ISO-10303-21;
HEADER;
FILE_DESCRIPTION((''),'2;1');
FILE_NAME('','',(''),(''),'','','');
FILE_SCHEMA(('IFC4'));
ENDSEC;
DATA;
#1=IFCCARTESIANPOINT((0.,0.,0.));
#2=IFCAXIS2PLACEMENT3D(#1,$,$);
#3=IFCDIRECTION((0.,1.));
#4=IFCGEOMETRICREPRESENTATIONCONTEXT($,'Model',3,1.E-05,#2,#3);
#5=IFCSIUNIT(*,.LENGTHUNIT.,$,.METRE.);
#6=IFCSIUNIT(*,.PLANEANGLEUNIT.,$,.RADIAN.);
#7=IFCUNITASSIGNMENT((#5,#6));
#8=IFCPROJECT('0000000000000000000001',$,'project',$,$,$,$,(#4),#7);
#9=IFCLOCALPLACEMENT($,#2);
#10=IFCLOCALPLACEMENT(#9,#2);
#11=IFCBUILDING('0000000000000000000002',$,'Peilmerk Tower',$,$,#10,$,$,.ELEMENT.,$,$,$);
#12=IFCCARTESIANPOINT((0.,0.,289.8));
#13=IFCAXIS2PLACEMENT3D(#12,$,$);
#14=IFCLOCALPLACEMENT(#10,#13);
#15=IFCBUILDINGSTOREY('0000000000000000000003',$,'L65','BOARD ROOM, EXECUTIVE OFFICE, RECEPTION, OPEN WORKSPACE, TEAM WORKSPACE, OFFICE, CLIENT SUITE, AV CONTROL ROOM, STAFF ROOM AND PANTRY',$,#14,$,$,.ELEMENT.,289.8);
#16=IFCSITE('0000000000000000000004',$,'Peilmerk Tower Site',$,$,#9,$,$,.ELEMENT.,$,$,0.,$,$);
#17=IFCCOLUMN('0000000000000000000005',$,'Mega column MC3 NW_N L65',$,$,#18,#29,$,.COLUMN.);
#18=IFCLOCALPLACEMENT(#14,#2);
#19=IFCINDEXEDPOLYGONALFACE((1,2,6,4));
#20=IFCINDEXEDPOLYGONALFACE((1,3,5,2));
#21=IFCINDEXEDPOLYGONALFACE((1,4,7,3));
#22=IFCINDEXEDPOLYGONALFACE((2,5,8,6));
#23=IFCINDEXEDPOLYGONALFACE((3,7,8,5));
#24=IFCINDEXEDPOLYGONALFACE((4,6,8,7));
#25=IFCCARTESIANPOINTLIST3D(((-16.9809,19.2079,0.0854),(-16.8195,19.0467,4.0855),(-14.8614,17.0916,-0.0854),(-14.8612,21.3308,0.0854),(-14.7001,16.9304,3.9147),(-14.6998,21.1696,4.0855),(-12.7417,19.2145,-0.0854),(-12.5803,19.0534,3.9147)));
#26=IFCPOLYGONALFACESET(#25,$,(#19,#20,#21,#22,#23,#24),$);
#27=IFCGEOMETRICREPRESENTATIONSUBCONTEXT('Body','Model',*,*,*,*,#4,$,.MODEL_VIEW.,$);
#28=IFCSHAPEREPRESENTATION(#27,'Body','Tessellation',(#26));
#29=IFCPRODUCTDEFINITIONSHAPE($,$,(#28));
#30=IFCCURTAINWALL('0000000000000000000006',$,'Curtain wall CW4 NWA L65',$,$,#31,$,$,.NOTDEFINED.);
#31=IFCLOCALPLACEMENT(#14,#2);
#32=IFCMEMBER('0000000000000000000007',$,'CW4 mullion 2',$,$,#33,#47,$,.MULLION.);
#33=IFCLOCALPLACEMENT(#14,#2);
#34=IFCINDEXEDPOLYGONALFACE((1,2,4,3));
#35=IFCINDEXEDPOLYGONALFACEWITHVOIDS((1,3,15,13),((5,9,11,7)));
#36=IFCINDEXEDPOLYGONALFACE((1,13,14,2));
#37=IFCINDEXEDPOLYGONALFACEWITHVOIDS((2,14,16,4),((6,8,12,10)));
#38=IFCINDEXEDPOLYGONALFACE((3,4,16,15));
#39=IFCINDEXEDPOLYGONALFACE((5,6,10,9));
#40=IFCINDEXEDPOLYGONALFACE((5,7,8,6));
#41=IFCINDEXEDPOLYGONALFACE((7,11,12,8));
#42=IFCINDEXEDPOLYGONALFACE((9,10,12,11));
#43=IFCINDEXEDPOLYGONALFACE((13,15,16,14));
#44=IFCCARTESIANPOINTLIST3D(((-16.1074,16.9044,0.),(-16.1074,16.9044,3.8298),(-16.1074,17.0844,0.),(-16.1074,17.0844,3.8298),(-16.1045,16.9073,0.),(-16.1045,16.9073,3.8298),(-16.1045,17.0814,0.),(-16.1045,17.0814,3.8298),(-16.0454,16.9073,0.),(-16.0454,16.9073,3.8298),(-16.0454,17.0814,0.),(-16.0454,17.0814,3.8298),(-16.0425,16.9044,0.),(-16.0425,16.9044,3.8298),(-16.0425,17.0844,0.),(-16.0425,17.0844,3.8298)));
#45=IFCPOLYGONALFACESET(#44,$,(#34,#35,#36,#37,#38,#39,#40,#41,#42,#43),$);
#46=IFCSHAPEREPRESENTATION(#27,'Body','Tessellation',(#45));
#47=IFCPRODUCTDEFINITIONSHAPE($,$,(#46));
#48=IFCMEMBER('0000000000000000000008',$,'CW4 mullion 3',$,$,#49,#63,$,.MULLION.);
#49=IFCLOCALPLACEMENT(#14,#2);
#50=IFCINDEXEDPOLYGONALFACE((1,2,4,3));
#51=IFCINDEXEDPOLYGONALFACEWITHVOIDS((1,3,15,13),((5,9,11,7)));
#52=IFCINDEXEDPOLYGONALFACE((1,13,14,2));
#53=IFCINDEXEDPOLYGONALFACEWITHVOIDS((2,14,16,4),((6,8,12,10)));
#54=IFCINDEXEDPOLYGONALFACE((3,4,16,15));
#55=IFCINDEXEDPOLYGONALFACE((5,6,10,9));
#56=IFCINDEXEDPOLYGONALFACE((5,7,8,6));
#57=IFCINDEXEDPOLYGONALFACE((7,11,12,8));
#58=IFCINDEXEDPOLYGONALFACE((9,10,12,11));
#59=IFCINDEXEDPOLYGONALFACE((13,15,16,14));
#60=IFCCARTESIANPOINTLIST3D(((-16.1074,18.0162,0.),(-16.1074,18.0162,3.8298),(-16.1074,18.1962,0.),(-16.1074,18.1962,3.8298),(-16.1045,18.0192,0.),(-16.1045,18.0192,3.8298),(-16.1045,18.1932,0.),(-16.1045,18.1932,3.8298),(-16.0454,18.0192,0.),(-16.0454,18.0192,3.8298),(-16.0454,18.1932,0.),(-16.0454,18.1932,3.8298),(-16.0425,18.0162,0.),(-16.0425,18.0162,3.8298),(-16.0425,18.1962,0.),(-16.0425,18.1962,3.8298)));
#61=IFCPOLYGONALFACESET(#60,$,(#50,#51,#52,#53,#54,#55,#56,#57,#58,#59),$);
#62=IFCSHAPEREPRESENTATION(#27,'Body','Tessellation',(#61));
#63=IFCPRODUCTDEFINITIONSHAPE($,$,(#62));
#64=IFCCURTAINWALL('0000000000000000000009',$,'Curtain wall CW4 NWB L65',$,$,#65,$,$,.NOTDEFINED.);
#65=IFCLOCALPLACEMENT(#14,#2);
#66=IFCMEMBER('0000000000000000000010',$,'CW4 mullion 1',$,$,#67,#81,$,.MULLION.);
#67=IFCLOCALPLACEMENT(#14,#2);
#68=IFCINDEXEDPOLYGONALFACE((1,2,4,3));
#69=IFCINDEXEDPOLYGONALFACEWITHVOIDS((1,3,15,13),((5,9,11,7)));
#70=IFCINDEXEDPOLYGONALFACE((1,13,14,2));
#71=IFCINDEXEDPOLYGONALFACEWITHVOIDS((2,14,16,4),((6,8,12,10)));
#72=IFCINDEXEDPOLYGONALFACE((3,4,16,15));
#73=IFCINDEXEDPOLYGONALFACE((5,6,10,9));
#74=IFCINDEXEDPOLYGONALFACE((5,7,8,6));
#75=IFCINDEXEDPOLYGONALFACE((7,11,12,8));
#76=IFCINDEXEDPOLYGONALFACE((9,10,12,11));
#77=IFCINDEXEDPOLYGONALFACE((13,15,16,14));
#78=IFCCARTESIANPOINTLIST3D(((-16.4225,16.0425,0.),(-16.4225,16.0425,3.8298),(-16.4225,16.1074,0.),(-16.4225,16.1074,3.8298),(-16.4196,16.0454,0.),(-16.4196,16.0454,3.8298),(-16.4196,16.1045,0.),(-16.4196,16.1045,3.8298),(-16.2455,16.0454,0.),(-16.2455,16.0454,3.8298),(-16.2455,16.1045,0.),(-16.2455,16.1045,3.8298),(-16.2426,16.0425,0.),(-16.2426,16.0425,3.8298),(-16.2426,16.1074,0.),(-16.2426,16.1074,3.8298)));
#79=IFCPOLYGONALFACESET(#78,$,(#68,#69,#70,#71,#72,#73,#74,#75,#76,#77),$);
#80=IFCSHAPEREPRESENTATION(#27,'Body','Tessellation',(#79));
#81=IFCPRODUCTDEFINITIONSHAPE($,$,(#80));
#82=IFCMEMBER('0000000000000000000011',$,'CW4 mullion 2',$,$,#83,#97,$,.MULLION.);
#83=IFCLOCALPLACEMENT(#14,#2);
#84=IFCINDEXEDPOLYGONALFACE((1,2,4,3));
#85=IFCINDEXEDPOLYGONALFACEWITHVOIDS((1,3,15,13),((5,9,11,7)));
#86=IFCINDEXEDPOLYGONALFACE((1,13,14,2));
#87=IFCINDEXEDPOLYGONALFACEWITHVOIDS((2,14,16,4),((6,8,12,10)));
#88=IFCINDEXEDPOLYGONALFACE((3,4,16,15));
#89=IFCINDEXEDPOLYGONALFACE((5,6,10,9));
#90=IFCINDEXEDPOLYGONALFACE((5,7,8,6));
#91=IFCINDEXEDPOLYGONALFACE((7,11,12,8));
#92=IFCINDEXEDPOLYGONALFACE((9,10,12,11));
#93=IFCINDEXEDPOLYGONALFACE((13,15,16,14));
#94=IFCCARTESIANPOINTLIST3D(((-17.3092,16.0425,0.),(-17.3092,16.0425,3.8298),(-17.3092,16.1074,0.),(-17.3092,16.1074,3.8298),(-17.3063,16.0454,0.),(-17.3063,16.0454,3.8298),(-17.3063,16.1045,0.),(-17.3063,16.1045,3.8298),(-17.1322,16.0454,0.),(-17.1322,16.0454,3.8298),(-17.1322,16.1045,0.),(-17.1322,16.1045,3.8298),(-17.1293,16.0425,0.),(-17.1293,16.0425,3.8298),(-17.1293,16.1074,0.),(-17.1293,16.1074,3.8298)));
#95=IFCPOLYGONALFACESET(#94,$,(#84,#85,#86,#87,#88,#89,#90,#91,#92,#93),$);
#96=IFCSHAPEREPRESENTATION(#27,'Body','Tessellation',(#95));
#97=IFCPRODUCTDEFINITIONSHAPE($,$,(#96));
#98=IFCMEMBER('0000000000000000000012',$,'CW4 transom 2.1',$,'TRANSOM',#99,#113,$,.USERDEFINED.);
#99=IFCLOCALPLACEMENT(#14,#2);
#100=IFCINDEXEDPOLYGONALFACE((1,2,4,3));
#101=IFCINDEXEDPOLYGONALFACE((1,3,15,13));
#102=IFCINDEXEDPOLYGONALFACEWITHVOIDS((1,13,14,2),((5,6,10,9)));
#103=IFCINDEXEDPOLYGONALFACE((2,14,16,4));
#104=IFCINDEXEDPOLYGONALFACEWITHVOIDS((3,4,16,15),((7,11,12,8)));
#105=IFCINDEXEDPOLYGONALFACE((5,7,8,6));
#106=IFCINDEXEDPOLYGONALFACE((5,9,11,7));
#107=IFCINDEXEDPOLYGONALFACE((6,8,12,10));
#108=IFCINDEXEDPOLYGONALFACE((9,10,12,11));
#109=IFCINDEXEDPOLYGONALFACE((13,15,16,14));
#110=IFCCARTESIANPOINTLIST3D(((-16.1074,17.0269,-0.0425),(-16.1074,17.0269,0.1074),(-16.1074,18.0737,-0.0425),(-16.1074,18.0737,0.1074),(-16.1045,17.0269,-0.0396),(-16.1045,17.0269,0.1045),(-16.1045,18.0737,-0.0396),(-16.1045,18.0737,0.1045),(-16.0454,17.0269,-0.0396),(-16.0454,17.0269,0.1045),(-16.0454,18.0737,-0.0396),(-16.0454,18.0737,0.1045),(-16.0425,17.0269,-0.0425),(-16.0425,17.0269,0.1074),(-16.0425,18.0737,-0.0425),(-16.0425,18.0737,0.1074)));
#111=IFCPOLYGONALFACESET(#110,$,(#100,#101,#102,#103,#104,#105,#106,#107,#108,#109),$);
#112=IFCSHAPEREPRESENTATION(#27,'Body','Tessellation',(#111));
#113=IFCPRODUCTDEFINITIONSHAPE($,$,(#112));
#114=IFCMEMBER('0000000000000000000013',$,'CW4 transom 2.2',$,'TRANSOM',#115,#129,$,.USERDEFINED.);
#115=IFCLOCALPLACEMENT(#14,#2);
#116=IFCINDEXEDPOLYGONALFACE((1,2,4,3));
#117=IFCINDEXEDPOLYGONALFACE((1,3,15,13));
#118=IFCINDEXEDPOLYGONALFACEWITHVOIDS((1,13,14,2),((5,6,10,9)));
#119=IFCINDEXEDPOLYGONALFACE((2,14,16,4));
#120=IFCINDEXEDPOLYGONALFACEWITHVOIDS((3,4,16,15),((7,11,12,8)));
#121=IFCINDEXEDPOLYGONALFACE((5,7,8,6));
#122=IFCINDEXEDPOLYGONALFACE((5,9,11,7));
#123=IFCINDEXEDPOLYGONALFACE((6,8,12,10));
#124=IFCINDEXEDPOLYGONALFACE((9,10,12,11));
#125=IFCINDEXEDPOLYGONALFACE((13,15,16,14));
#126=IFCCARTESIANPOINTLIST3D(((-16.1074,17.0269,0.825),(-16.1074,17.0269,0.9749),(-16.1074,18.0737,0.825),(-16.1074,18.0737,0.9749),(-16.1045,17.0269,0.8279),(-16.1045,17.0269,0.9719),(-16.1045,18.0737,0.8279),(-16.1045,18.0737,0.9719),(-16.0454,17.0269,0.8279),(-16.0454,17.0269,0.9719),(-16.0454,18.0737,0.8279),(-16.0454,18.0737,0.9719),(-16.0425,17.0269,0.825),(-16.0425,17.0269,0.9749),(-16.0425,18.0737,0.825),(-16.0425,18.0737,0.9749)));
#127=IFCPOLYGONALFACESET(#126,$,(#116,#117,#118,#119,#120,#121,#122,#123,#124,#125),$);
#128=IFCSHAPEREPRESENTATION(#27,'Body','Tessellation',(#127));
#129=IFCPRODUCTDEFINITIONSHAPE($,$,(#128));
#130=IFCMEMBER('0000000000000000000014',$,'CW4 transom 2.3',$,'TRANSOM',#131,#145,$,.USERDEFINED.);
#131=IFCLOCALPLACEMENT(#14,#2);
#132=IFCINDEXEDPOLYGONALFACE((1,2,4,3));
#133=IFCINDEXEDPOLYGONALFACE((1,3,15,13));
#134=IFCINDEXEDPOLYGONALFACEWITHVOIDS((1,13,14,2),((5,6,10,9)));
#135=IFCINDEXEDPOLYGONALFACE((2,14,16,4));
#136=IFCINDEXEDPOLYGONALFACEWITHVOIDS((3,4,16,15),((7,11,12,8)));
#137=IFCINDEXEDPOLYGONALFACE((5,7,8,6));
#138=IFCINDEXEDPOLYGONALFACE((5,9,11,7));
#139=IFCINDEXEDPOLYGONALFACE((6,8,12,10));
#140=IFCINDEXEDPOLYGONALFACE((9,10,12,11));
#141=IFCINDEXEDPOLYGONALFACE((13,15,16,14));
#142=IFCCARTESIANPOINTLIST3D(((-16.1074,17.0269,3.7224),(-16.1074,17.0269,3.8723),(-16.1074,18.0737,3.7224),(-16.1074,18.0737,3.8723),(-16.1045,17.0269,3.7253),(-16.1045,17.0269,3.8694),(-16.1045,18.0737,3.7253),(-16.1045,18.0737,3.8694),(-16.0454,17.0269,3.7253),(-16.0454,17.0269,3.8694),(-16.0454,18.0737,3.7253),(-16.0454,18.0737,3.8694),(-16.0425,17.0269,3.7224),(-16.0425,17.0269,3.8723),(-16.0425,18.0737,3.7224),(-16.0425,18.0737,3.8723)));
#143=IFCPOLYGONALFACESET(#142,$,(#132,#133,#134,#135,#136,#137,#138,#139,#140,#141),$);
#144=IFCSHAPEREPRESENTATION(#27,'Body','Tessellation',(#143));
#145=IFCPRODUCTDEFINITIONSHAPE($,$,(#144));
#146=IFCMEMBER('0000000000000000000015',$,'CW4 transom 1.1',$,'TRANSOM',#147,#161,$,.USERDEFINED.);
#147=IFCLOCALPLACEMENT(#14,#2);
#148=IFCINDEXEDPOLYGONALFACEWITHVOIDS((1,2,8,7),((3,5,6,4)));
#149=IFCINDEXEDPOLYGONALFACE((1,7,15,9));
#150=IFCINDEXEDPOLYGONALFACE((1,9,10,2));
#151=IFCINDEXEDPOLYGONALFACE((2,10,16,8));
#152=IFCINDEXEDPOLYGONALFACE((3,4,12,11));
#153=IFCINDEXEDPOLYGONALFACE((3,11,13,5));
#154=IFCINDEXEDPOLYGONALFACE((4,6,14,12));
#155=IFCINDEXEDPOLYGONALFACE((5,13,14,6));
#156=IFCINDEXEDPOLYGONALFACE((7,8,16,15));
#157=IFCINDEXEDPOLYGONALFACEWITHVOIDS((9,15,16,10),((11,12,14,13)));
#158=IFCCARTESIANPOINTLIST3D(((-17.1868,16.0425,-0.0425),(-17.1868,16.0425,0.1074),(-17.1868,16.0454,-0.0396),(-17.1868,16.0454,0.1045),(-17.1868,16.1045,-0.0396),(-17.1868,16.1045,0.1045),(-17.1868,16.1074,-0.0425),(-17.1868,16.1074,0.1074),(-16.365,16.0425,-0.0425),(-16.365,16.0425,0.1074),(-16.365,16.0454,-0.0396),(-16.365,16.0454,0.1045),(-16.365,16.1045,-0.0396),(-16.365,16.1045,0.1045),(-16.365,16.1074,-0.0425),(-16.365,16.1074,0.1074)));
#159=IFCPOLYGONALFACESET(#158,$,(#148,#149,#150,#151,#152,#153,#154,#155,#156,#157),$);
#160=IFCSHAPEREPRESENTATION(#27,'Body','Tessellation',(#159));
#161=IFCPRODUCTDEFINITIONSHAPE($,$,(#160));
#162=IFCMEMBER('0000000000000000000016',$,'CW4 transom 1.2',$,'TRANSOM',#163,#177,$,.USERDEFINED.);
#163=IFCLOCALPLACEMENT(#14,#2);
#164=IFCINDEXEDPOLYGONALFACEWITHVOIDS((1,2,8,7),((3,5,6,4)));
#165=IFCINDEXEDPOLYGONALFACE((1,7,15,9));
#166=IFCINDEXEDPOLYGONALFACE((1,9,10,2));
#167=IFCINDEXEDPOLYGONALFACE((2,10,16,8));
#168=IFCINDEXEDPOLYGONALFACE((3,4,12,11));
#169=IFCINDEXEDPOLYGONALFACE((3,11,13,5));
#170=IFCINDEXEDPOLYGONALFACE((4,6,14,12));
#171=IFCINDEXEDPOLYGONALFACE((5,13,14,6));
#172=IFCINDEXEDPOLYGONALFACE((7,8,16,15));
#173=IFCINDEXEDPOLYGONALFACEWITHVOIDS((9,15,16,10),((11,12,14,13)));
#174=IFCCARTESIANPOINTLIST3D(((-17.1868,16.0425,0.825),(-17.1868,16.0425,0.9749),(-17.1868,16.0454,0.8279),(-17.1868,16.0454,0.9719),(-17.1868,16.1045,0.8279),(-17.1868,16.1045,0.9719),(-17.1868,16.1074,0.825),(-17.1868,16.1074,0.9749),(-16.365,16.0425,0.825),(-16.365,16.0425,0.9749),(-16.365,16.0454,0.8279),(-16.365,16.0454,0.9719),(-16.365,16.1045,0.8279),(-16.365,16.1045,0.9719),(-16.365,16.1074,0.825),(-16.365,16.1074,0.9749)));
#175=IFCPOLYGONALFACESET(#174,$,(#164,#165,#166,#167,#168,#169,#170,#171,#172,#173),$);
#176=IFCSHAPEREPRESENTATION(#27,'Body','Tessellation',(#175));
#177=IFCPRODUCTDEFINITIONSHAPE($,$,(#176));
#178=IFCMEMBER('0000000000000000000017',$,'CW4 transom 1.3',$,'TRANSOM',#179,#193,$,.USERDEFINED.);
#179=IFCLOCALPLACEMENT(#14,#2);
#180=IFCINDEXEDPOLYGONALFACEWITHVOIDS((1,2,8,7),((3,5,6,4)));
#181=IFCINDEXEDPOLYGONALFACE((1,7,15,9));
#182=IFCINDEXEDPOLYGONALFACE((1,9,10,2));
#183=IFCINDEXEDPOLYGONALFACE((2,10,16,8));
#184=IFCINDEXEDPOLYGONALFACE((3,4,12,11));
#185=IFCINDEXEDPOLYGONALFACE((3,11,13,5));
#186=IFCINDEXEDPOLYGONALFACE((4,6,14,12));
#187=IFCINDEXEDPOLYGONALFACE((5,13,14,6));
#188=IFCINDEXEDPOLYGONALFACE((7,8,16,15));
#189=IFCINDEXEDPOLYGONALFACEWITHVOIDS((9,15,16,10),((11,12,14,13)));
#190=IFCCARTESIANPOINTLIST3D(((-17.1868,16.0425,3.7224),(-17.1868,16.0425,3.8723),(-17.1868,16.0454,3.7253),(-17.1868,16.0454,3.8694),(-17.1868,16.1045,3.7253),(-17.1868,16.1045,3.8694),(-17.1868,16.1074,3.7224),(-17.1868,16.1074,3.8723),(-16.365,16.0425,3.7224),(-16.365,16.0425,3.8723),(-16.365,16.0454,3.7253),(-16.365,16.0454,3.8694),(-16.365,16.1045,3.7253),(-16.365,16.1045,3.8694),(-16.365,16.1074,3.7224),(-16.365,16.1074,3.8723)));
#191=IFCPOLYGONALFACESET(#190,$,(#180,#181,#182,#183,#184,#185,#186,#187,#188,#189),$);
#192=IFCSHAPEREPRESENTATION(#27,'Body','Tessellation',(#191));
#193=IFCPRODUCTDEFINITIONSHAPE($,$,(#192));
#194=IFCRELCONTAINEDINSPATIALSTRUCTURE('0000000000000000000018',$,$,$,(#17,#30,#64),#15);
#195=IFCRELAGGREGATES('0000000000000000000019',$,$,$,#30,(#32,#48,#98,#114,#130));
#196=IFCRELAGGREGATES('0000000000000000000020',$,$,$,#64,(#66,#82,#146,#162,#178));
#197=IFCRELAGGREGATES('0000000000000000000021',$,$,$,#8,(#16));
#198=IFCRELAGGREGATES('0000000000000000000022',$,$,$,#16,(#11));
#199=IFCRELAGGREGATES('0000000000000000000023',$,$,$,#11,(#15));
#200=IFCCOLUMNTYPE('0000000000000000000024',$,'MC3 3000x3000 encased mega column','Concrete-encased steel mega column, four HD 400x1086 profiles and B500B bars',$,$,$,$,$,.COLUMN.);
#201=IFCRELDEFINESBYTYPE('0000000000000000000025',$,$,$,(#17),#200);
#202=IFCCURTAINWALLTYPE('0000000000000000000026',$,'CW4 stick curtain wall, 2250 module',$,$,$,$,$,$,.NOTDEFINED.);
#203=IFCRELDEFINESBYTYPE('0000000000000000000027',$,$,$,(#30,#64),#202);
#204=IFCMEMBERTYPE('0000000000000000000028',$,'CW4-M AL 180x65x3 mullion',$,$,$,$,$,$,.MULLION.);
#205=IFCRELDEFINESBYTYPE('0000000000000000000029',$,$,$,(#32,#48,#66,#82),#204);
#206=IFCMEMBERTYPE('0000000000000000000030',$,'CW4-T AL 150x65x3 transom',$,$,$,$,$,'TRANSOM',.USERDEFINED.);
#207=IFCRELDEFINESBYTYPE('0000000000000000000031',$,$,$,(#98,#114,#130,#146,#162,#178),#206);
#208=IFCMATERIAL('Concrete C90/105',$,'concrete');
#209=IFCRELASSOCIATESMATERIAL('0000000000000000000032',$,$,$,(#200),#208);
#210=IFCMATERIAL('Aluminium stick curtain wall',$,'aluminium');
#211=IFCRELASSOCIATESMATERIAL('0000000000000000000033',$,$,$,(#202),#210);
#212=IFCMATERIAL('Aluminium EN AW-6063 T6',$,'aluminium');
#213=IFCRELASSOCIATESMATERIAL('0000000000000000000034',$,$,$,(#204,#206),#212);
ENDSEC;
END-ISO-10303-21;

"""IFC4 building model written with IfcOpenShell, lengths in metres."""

from ifc_helpers import new_model, si_unit, direction, frame, origin, origin_2d, place, context, subcontext, project, spatial, rectangle, hollow_rectangle, extrude, material, material_profile, profile_set, type_object, element, aggregate, save


model = new_model("IFC4")

# Units and contexts
model_context = context("Model", 3, precision=1e-05, world=origin(), true_north=direction((0.0, 1.0)))
body_context = subcontext(model_context, "Body", "Model", "MODEL_VIEW")
ifc_project = project(units=[si_unit("LENGTHUNIT", "METRE"), si_unit("PLANEANGLEUNIT", "RADIAN")], contexts=[model_context])

# Site, building, storey
site_placement = place(None, origin())
site = spatial("IfcSite", under=ifc_project, at=site_placement, Name="Peilmerk Tower Site", CompositionType="ELEMENT", RefElevation=0.0)
building_placement = place(site_placement, origin())
building = spatial("IfcBuilding", under=site, at=building_placement, Name="Peilmerk Tower", CompositionType="ELEMENT")
storey_placement = place(building_placement, frame((0.0, 0.0, 289.8)))
storey = spatial("IfcBuildingStorey", under=building, at=storey_placement, Name="L65", Description="BOARD ROOM, EXECUTIVE OFFICE, RECEPTION, OPEN WORKSPACE, TEAM WORKSPACE, OFFICE, CLIENT SUITE, AV CONTROL ROOM, STAFF ROOM AND PANTRY", CompositionType="ELEMENT", Elevation=289.8)

# Column
ifc_material_1 = material(Name="Concrete C90/105", Category="concrete")
ifc_material_profile_1 = material_profile(ifc_material_1, rectangle(XDim=3.0, YDim=3.0, at=origin_2d()), Name="RC 3000x3000")
ifc_profile_set_1 = profile_set([ifc_material_profile_1], Name="Concrete C90/105")
column_type = type_object("IfcColumnType", Name="MC3 3000x3000 encased mega column", Description="Concrete-encased steel mega column, four HD 400x1086 profiles and B500B bars", PredefinedType="COLUMN", material=ifc_profile_set_1)
column_placement = place(storey_placement, frame((-14.8613, 19.2112, 0.0), z_axis=(0.040279, -0.040218, 0.998379), x_axis=(0.706571, 0.707642, 0.0)))
element("IfcColumn", 1, at=column_placement, inside=storey, type_object=column_type, Name="Mega column MC3 NW_N L65", PredefinedType="COLUMN", context=body_context, shape_type="SweptSolid", body=[
    extrude(rectangle(XDim=3.0, YDim=3.0, at=origin_2d()), origin(), (0.0, 0.0, 1.0), 4.0066),
])

# Curtain walls, members
ifc_material_2 = material(Name="Aluminium stick curtain wall", Category="aluminium")
curtain_wall_type = type_object("IfcCurtainWallType", Name="CW4 stick curtain wall, 2250 module", PredefinedType="NOTDEFINED", material=ifc_material_2)
curtain_wall_1_placement = place(storey_placement, origin())
curtain_wall_1 = element("IfcCurtainWall", 2, at=curtain_wall_1_placement, inside=storey, type_object=curtain_wall_type, Name="Curtain wall CW4 NWA L65", PredefinedType="NOTDEFINED")
ifc_material_3 = material(Name="Aluminium EN AW-6063 T6", Category="aluminium")
ifc_material_profile_2 = material_profile(ifc_material_3, hollow_rectangle(XDim=0.0649, YDim=0.1799, WallThickness=0.0029, at=origin_2d()), Name="AL 180x65x3")
ifc_profile_set_2 = profile_set([ifc_material_profile_2], Name="Aluminium EN AW-6063 T6")
member_type_1 = type_object("IfcMemberType", Name="CW4-M AL 180x65x3 mullion", PredefinedType="MULLION", material=ifc_profile_set_2)
member_1_placement = place(storey_placement, frame((-16.075, 16.9944, 0.0), z_axis=(0.0, 0.0, 1.0), x_axis=(-1.0, 0.0, 0.0)))
member_1 = element("IfcMember", 3, at=member_1_placement, type_object=member_type_1, Name="CW4 mullion 2", PredefinedType="MULLION", context=body_context, shape_type="SweptSolid", body=[
    extrude(hollow_rectangle(XDim=0.0649, YDim=0.1799, WallThickness=0.0029, at=origin_2d()), origin(), (0.0, 0.0, 1.0), 3.8298),
])
member_2_placement = place(storey_placement, frame((-16.075, 18.1062, 0.0), z_axis=(0.0, 0.0, 1.0), x_axis=(-1.0, 0.0, 0.0)))
member_2 = element("IfcMember", 4, at=member_2_placement, type_object=member_type_1, Name="CW4 mullion 3", PredefinedType="MULLION", context=body_context, shape_type="SweptSolid", body=[
    extrude(hollow_rectangle(XDim=0.0649, YDim=0.1799, WallThickness=0.0029, at=origin_2d()), origin(), (0.0, 0.0, 1.0), 3.8298),
])
curtain_wall_2_placement = place(storey_placement, origin())
curtain_wall_2 = element("IfcCurtainWall", 5, at=curtain_wall_2_placement, inside=storey, type_object=curtain_wall_type, Name="Curtain wall CW4 NWB L65", PredefinedType="NOTDEFINED")
member_3_placement = place(storey_placement, frame((-16.3325, 16.075, 0.0), z_axis=(0.0, 0.0, 1.0), x_axis=(0.0, -1.0, 0.0)))
member_3 = element("IfcMember", 6, at=member_3_placement, type_object=member_type_1, Name="CW4 mullion 1", PredefinedType="MULLION", context=body_context, shape_type="SweptSolid", body=[
    extrude(hollow_rectangle(XDim=0.0649, YDim=0.1799, WallThickness=0.0029, at=origin_2d()), origin(), (0.0, 0.0, 1.0), 3.8298),
])
member_4_placement = place(storey_placement, frame((-17.2192, 16.075, 0.0), z_axis=(0.0, 0.0, 1.0), x_axis=(0.0, -1.0, 0.0)))
member_4 = element("IfcMember", 7, at=member_4_placement, type_object=member_type_1, Name="CW4 mullion 2", PredefinedType="MULLION", context=body_context, shape_type="SweptSolid", body=[
    extrude(hollow_rectangle(XDim=0.0649, YDim=0.1799, WallThickness=0.0029, at=origin_2d()), origin(), (0.0, 0.0, 1.0), 3.8298),
])

# Members
ifc_material_profile_3 = material_profile(ifc_material_3, hollow_rectangle(XDim=0.0649, YDim=0.1499, WallThickness=0.0029, at=origin_2d()), Name="AL 150x65x3")
ifc_profile_set_3 = profile_set([ifc_material_profile_3], Name="Aluminium EN AW-6063 T6")
member_type_2 = type_object("IfcMemberType", Name="CW4-T AL 150x65x3 transom", ElementType="TRANSOM", PredefinedType="USERDEFINED", material=ifc_profile_set_3)
member_5_placement = place(storey_placement, frame((-16.075, 17.0269, 0.0325), z_axis=(0.0, 1.0, 0.0), x_axis=(-1.0, 0.0, 0.0)))
member_5 = element("IfcMember", 8, at=member_5_placement, type_object=member_type_2, Name="CW4 transom 2.1", ObjectType="TRANSOM", PredefinedType="USERDEFINED", context=body_context, shape_type="SweptSolid", body=[
    extrude(hollow_rectangle(XDim=0.0649, YDim=0.1499, WallThickness=0.0029, at=origin_2d()), origin(), (0.0, 0.0, 1.0), 1.0469),
])
member_6_placement = place(storey_placement, frame((-16.075, 17.0269, 0.8999), z_axis=(0.0, 1.0, 0.0), x_axis=(-1.0, 0.0, 0.0)))
member_6 = element("IfcMember", 9, at=member_6_placement, type_object=member_type_2, Name="CW4 transom 2.2", ObjectType="TRANSOM", PredefinedType="USERDEFINED", context=body_context, shape_type="SweptSolid", body=[
    extrude(hollow_rectangle(XDim=0.0649, YDim=0.1499, WallThickness=0.0029, at=origin_2d()), origin(), (0.0, 0.0, 1.0), 1.0469),
])
member_7_placement = place(storey_placement, frame((-16.075, 17.0269, 3.7974), z_axis=(0.0, 1.0, 0.0), x_axis=(-1.0, 0.0, 0.0)))
member_7 = element("IfcMember", 10, at=member_7_placement, type_object=member_type_2, Name="CW4 transom 2.3", ObjectType="TRANSOM", PredefinedType="USERDEFINED", context=body_context, shape_type="SweptSolid", body=[
    extrude(hollow_rectangle(XDim=0.0649, YDim=0.1499, WallThickness=0.0029, at=origin_2d()), origin(), (0.0, 0.0, 1.0), 1.0469),
])
member_8_placement = place(storey_placement, frame((-16.365, 16.075, 0.0325), z_axis=(-1.0, 0.0, 0.0), x_axis=(0.0, -1.0, 0.0)))
member_8 = element("IfcMember", 11, at=member_8_placement, type_object=member_type_2, Name="CW4 transom 1.1", ObjectType="TRANSOM", PredefinedType="USERDEFINED", context=body_context, shape_type="SweptSolid", body=[
    extrude(hollow_rectangle(XDim=0.0649, YDim=0.1499, WallThickness=0.0029, at=origin_2d()), origin(), (0.0, 0.0, 1.0), 0.8218),
])
member_9_placement = place(storey_placement, frame((-16.365, 16.075, 0.8999), z_axis=(-1.0, 0.0, 0.0), x_axis=(0.0, -1.0, 0.0)))
member_9 = element("IfcMember", 12, at=member_9_placement, type_object=member_type_2, Name="CW4 transom 1.2", ObjectType="TRANSOM", PredefinedType="USERDEFINED", context=body_context, shape_type="SweptSolid", body=[
    extrude(hollow_rectangle(XDim=0.0649, YDim=0.1499, WallThickness=0.0029, at=origin_2d()), origin(), (0.0, 0.0, 1.0), 0.8218),
])
member_10_placement = place(storey_placement, frame((-16.365, 16.075, 3.7974), z_axis=(-1.0, 0.0, 0.0), x_axis=(0.0, -1.0, 0.0)))
member_10 = element("IfcMember", 13, at=member_10_placement, type_object=member_type_2, Name="CW4 transom 1.3", ObjectType="TRANSOM", PredefinedType="USERDEFINED", context=body_context, shape_type="SweptSolid", body=[
    extrude(hollow_rectangle(XDim=0.0649, YDim=0.1499, WallThickness=0.0029, at=origin_2d()), origin(), (0.0, 0.0, 1.0), 0.8218),
])

aggregate(curtain_wall_1, [member_1, member_2, member_5, member_6, member_7])
aggregate(curtain_wall_2, [member_3, member_4, member_8, member_9, member_10])

save(model, "model.ifc")
